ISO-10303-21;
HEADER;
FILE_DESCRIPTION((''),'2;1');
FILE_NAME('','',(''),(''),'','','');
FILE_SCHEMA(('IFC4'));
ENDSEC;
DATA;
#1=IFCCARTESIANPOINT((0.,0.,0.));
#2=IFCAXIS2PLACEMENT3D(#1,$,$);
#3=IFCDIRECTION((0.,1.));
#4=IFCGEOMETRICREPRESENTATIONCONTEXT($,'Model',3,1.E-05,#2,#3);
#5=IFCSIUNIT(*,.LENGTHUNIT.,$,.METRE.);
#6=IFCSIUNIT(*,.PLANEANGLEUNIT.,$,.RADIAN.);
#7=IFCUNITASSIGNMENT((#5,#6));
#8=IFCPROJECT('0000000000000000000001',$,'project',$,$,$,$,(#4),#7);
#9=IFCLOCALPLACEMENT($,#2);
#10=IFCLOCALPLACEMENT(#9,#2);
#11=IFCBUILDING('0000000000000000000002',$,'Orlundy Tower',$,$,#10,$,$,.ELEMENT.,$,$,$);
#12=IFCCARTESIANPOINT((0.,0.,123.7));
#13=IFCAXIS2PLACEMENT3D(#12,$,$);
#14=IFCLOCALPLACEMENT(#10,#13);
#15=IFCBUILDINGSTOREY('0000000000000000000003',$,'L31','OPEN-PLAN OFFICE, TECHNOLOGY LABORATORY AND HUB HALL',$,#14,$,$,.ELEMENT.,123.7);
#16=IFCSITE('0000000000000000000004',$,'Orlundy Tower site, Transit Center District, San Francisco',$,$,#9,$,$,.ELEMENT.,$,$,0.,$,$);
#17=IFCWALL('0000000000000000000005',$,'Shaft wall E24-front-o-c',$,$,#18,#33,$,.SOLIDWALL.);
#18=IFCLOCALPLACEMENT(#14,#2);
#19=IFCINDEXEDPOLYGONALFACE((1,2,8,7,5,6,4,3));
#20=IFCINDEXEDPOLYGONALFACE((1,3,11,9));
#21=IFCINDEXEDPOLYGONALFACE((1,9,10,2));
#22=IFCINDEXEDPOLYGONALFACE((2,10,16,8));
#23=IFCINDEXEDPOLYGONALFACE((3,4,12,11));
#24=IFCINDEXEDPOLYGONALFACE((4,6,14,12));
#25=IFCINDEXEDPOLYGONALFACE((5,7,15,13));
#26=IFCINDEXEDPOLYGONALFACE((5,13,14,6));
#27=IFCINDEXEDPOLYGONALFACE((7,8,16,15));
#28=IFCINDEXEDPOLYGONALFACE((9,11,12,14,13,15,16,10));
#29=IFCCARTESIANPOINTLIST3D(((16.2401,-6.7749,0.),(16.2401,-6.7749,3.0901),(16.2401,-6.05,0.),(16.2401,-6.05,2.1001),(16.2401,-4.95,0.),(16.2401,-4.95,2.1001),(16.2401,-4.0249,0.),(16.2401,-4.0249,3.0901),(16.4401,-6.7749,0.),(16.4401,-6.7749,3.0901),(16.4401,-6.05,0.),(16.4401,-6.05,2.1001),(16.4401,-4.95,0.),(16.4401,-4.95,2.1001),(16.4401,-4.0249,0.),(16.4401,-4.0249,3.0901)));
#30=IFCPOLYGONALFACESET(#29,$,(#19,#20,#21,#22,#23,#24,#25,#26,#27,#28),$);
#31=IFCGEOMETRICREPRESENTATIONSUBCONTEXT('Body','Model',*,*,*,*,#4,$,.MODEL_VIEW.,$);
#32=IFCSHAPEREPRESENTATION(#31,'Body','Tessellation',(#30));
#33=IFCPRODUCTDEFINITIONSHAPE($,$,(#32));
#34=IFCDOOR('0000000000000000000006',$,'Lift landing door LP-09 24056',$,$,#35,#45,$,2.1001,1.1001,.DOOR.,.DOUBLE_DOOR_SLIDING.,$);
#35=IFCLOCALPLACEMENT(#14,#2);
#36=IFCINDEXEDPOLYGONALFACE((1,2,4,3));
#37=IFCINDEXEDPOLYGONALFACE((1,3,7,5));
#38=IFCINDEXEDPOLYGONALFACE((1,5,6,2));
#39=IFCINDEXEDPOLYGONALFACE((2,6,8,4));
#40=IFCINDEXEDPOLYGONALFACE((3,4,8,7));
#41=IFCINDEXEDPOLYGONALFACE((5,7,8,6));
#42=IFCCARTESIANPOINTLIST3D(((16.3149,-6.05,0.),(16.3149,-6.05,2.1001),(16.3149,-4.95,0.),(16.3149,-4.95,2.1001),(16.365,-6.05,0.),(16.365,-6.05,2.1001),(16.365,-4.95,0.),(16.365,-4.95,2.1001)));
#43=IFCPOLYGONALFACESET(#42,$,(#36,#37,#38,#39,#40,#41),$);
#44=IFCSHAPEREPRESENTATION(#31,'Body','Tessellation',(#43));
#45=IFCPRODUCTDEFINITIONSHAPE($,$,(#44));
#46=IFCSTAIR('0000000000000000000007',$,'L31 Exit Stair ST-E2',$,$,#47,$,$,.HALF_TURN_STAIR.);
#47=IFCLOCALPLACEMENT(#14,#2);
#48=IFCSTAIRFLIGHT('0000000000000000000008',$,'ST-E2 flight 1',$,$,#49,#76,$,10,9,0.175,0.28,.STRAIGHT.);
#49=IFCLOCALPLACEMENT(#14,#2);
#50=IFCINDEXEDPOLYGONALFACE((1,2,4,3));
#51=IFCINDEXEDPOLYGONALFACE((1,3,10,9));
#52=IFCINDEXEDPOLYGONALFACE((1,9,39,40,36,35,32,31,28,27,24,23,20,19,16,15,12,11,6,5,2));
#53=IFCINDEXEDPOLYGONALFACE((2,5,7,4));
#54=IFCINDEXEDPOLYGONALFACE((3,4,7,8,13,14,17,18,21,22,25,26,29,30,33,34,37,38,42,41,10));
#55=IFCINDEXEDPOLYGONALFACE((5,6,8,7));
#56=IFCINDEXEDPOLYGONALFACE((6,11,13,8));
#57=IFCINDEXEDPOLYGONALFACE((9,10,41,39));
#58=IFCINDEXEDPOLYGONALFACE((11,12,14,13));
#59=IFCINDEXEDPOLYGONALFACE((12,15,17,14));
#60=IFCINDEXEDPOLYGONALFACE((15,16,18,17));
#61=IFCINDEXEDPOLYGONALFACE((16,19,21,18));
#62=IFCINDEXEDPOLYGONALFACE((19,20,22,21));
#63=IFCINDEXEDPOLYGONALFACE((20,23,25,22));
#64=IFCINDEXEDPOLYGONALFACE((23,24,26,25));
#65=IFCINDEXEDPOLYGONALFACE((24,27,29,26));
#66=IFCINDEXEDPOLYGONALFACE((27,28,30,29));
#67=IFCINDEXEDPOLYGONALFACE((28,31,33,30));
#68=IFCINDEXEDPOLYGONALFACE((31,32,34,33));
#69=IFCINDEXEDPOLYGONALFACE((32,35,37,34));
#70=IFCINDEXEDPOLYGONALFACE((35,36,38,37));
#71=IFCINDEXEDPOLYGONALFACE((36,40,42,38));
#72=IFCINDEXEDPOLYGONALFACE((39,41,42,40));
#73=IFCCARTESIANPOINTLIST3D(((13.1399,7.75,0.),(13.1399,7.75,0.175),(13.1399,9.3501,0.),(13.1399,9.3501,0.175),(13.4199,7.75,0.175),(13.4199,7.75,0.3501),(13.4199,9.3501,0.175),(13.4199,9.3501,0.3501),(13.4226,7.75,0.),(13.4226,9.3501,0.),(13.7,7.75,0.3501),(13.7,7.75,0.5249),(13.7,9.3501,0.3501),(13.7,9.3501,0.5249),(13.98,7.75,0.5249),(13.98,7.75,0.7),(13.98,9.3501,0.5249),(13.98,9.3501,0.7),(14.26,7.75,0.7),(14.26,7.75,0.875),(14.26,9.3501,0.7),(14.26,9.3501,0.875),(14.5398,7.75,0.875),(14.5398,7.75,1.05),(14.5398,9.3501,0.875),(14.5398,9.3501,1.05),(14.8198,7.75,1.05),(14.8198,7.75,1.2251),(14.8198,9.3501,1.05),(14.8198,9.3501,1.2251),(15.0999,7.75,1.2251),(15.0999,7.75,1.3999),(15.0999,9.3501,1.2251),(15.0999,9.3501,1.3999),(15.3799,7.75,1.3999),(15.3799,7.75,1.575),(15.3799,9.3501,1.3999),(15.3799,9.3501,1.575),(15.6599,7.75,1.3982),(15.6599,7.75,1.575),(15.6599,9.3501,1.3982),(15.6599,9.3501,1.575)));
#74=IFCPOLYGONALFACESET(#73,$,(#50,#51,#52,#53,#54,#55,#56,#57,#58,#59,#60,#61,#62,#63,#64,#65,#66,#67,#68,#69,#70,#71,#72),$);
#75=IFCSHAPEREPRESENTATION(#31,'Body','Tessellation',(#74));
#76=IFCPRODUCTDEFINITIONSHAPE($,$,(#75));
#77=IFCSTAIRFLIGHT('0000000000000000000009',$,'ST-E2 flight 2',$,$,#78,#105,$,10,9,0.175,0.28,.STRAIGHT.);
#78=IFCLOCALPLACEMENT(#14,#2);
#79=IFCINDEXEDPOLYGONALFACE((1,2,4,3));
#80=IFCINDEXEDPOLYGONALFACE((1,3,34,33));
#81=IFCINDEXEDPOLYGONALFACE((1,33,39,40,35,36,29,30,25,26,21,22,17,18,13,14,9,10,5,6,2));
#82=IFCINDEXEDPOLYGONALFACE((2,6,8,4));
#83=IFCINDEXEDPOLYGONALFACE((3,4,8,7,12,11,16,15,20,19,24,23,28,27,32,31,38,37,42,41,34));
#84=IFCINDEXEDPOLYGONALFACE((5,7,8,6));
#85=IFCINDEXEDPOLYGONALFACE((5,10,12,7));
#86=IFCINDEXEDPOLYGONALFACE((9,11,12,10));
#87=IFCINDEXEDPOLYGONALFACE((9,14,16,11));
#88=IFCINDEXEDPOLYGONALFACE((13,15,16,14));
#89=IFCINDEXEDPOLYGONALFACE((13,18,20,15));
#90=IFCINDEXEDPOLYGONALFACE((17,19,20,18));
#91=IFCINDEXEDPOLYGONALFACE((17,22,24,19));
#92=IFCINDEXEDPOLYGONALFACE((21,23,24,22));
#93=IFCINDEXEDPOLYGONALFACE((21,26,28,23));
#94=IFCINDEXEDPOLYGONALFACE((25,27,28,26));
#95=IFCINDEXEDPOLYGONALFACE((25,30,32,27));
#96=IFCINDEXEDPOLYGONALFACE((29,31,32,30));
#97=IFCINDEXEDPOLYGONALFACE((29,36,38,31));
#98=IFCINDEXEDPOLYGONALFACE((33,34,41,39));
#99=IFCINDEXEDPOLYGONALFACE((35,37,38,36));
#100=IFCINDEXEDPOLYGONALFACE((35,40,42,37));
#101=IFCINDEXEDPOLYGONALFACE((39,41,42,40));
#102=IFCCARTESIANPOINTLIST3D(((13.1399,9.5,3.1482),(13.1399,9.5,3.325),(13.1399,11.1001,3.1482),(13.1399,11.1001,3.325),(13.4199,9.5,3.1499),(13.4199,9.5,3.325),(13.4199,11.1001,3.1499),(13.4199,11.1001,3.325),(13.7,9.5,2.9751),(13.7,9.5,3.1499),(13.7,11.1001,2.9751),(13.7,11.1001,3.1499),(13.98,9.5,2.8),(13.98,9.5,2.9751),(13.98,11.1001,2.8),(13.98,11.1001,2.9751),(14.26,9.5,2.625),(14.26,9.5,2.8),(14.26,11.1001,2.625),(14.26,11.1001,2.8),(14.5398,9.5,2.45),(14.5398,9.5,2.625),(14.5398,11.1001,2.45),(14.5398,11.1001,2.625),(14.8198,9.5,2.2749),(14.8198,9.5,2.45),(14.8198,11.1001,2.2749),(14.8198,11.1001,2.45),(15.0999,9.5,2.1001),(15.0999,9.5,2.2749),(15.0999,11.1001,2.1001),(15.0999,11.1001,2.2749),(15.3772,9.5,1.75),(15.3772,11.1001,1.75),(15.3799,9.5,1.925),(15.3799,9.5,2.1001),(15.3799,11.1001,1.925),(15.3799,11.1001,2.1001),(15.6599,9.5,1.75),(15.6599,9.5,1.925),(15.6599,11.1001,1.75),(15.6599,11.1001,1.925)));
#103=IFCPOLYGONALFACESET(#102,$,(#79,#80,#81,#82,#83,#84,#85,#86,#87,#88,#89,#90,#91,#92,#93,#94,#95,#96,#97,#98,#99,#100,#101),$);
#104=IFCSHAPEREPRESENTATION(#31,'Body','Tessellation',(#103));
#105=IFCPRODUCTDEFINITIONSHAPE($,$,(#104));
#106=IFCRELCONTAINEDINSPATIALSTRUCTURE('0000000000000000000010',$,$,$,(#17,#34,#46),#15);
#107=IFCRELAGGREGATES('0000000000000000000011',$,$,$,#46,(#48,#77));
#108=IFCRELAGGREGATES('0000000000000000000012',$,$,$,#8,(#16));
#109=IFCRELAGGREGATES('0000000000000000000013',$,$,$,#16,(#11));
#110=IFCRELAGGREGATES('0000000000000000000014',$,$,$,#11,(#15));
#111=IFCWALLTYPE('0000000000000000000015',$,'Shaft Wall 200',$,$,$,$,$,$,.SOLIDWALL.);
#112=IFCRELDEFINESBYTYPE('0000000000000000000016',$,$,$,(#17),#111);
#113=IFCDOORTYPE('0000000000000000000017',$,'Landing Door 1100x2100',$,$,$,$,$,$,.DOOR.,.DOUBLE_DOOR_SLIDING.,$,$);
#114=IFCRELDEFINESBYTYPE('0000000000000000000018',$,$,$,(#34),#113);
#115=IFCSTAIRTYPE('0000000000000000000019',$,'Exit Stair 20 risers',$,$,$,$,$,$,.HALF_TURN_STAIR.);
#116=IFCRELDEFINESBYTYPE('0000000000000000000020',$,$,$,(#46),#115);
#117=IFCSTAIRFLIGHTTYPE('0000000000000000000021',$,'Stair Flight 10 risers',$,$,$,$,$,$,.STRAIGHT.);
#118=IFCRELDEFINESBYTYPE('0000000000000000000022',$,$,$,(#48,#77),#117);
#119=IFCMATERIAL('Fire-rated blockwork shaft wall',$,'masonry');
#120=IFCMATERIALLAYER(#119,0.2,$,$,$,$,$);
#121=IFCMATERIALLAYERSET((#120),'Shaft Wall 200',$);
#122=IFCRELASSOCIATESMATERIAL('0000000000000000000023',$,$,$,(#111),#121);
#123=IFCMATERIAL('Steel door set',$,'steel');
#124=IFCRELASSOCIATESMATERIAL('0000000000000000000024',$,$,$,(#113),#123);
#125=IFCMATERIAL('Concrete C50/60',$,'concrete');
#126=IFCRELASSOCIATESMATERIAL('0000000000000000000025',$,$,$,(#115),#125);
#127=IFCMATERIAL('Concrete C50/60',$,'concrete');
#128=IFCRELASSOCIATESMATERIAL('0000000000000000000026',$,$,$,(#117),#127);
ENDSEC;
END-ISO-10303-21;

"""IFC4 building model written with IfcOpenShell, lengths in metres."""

from ifc_helpers import new_model, si_unit, direction, frame, frame_2d, origin, place, context, subcontext, project, spatial, polyline, rectangle, outline, extrude, material, layer, layer_set, type_object, element, fill, aggregate, save


model = new_model("IFC4")

# Units and contexts
model_context = context("Model", 3, precision=1e-05, world=origin(), true_north=direction((0.0, 1.0)))
body_context = subcontext(model_context, "Body", "Model", "MODEL_VIEW")
ifc_project = project(units=[si_unit("LENGTHUNIT", "METRE"), si_unit("PLANEANGLEUNIT", "RADIAN")], contexts=[model_context])

# Site, building, storey
site_placement = place(None, origin())
site = spatial("IfcSite", under=ifc_project, at=site_placement, Name="Orlundy Tower site, Transit Center District, San Francisco", CompositionType="ELEMENT", RefElevation=0.0)
building_placement = place(site_placement, origin())
building = spatial("IfcBuilding", under=site, at=building_placement, Name="Orlundy Tower", CompositionType="ELEMENT")
storey_placement = place(building_placement, frame((0.0, 0.0, 123.7)))
storey = spatial("IfcBuildingStorey", under=building, at=storey_placement, Name="L31", Description="OPEN-PLAN OFFICE, TECHNOLOGY LABORATORY AND HUB HALL", CompositionType="ELEMENT", Elevation=123.7)

# Shared definitions
ifc_material_1 = material(Name="Fire-rated blockwork shaft wall", Category="masonry")
ifc_layer_1 = layer(ifc_material_1, 0.2)
ifc_layer_set_1 = layer_set([ifc_layer_1], Name="Shaft Wall 200")
wall_type_1 = type_object("IfcWallType", Name="Shaft Wall 200", PredefinedType="SOLIDWALL", material=ifc_layer_set_1)

# Shared definitions
ifc_material_2 = material(Name="Steel door set", Category="steel")
door_type = type_object("IfcDoorType", Name="Landing Door 1100x2100", OperationType="DOUBLE_DOOR_SLIDING", PredefinedType="DOOR", material=ifc_material_2)

# Wall, opening, door
wall_1_placement = place(storey_placement, frame((16.3401, -4.0249, 0.0), z_axis=(0.0, 0.0, 1.0), x_axis=(0.0, -1.0, 0.0)))
wall_1 = element("IfcWall", 1, at=wall_1_placement, inside=storey, type_object=wall_type_1, Name="Shaft wall E24-front-o-c", PredefinedType="SOLIDWALL", context=body_context, shape_type="SweptSolid", body=[
    extrude(rectangle(XDim=2.75, YDim=0.2, at=frame_2d((1.375, 0.0))), origin(), (0.0, 0.0, 1.0), 3.0901),
])
opening_1_placement = place(wall_1_placement, frame((0.925, 0.0, 0.0)))
opening_1 = element("IfcOpeningElement", 2, at=opening_1_placement, cuts=wall_1, PredefinedType="OPENING", context=body_context, shape_type="SweptSolid", body=[
    extrude(rectangle(XDim=1.1001, YDim=2.1001, at=frame_2d((0.55, 1.05))), frame((0.0, 0.1101, 0.0), z_axis=(0.0, -1.0, 0.0), x_axis=(1.0, 0.0, 0.0)), (0.0, 0.0, 1.0), 0.2202),
])
door_1_placement = place(opening_1_placement, origin())
door_1 = element("IfcDoor", 3, at=door_1_placement, inside=storey, type_object=door_type, Name="Lift landing door LP-09 24056", OperationType="DOUBLE_DOOR_SLIDING", OverallHeight=2.1001, OverallWidth=1.1001, PredefinedType="DOOR", context=body_context, shape_type="SweptSolid", body=[
    extrude(rectangle(XDim=1.1001, YDim=2.1001, at=frame_2d((0.55, 1.05))), frame((0.0, 0.0249, 0.0), z_axis=(0.0, -1.0, 0.0), x_axis=(1.0, 0.0, 0.0)), (0.0, 0.0, 1.0), 0.05),
])
fill(opening_1, door_1)

# Stair, stair flights
ifc_material_3 = material(Name="Concrete C50/60", Category="concrete")
stair_type = type_object("IfcStairType", Name="Exit Stair 20 risers", PredefinedType="HALF_TURN_STAIR", material=ifc_material_3)
stair_placement = place(storey_placement, origin())
stair = element("IfcStair", 4, at=stair_placement, inside=storey, type_object=stair_type, Name="L31 Exit Stair ST-E2", PredefinedType="HALF_TURN_STAIR")
ifc_material_4 = material(Name="Concrete C50/60", Category="concrete")
stair_flight_type = type_object("IfcStairFlightType", Name="Stair Flight 10 risers", PredefinedType="STRAIGHT", material=ifc_material_4)
stair_flight_1_placement = place(storey_placement, frame((13.1399, 8.55, 0.0), z_axis=(0.0, 0.0, 1.0), x_axis=(1.0, 0.0, 0.0)))
stair_flight_1 = element("IfcStairFlight", 5, at=stair_flight_1_placement, type_object=stair_flight_type, Name="ST-E2 flight 1", NumberOfRisers=10, NumberOfTreads=9, PredefinedType="STRAIGHT", RiserHeight=0.175, TreadLength=0.28, context=body_context, shape_type="SweptSolid", body=[
    extrude(outline(polyline([(0.0, 0.0), (0.0, 0.175), (0.28, 0.175), (0.28, 0.3501), (0.5601, 0.3501), (0.5601, 0.5249), (0.8401, 0.5249), (0.8401, 0.7), (1.1201, 0.7), (1.1201, 0.875), (1.3999, 0.875), (1.3999, 1.05), (1.6799, 1.05), (1.6799, 1.2251), (1.96, 1.2251), (1.96, 1.3999), (2.24, 1.3999), (2.24, 1.575), (2.52, 1.575), (2.52, 1.75), (2.52, 1.3982), (0.2827, 0.0), (0.0, 0.0)])), frame((0.0, 0.8, 0.0), z_axis=(0.0, -1.0, 0.0), x_axis=(1.0, 0.0, 0.0)), (0.0, 0.0, 1.0), 1.6001),
])
stair_flight_2_placement = place(storey_placement, frame((15.6599, 10.3, 1.75), z_axis=(0.0, 0.0, 1.0), x_axis=(-1.0, 0.0, 0.0)))
stair_flight_2 = element("IfcStairFlight", 6, at=stair_flight_2_placement, type_object=stair_flight_type, Name="ST-E2 flight 2", NumberOfRisers=10, NumberOfTreads=9, PredefinedType="STRAIGHT", RiserHeight=0.175, TreadLength=0.28, context=body_context, shape_type="SweptSolid", body=[
    extrude(outline(polyline([(0.0, 0.0), (0.0, 0.175), (0.28, 0.175), (0.28, 0.3501), (0.5601, 0.3501), (0.5601, 0.5249), (0.8401, 0.5249), (0.8401, 0.7), (1.1201, 0.7), (1.1201, 0.875), (1.3999, 0.875), (1.3999, 1.05), (1.6799, 1.05), (1.6799, 1.2251), (1.96, 1.2251), (1.96, 1.3999), (2.24, 1.3999), (2.24, 1.575), (2.52, 1.575), (2.52, 1.75), (2.52, 1.3982), (0.2827, 0.0), (0.0, 0.0)])), frame((0.0, 0.8, 0.0), z_axis=(0.0, -1.0, 0.0), x_axis=(1.0, 0.0, 0.0)), (0.0, 0.0, 1.0), 1.6001),
])
aggregate(stair, [stair_flight_1, stair_flight_2])

save(model, "model.ifc")
